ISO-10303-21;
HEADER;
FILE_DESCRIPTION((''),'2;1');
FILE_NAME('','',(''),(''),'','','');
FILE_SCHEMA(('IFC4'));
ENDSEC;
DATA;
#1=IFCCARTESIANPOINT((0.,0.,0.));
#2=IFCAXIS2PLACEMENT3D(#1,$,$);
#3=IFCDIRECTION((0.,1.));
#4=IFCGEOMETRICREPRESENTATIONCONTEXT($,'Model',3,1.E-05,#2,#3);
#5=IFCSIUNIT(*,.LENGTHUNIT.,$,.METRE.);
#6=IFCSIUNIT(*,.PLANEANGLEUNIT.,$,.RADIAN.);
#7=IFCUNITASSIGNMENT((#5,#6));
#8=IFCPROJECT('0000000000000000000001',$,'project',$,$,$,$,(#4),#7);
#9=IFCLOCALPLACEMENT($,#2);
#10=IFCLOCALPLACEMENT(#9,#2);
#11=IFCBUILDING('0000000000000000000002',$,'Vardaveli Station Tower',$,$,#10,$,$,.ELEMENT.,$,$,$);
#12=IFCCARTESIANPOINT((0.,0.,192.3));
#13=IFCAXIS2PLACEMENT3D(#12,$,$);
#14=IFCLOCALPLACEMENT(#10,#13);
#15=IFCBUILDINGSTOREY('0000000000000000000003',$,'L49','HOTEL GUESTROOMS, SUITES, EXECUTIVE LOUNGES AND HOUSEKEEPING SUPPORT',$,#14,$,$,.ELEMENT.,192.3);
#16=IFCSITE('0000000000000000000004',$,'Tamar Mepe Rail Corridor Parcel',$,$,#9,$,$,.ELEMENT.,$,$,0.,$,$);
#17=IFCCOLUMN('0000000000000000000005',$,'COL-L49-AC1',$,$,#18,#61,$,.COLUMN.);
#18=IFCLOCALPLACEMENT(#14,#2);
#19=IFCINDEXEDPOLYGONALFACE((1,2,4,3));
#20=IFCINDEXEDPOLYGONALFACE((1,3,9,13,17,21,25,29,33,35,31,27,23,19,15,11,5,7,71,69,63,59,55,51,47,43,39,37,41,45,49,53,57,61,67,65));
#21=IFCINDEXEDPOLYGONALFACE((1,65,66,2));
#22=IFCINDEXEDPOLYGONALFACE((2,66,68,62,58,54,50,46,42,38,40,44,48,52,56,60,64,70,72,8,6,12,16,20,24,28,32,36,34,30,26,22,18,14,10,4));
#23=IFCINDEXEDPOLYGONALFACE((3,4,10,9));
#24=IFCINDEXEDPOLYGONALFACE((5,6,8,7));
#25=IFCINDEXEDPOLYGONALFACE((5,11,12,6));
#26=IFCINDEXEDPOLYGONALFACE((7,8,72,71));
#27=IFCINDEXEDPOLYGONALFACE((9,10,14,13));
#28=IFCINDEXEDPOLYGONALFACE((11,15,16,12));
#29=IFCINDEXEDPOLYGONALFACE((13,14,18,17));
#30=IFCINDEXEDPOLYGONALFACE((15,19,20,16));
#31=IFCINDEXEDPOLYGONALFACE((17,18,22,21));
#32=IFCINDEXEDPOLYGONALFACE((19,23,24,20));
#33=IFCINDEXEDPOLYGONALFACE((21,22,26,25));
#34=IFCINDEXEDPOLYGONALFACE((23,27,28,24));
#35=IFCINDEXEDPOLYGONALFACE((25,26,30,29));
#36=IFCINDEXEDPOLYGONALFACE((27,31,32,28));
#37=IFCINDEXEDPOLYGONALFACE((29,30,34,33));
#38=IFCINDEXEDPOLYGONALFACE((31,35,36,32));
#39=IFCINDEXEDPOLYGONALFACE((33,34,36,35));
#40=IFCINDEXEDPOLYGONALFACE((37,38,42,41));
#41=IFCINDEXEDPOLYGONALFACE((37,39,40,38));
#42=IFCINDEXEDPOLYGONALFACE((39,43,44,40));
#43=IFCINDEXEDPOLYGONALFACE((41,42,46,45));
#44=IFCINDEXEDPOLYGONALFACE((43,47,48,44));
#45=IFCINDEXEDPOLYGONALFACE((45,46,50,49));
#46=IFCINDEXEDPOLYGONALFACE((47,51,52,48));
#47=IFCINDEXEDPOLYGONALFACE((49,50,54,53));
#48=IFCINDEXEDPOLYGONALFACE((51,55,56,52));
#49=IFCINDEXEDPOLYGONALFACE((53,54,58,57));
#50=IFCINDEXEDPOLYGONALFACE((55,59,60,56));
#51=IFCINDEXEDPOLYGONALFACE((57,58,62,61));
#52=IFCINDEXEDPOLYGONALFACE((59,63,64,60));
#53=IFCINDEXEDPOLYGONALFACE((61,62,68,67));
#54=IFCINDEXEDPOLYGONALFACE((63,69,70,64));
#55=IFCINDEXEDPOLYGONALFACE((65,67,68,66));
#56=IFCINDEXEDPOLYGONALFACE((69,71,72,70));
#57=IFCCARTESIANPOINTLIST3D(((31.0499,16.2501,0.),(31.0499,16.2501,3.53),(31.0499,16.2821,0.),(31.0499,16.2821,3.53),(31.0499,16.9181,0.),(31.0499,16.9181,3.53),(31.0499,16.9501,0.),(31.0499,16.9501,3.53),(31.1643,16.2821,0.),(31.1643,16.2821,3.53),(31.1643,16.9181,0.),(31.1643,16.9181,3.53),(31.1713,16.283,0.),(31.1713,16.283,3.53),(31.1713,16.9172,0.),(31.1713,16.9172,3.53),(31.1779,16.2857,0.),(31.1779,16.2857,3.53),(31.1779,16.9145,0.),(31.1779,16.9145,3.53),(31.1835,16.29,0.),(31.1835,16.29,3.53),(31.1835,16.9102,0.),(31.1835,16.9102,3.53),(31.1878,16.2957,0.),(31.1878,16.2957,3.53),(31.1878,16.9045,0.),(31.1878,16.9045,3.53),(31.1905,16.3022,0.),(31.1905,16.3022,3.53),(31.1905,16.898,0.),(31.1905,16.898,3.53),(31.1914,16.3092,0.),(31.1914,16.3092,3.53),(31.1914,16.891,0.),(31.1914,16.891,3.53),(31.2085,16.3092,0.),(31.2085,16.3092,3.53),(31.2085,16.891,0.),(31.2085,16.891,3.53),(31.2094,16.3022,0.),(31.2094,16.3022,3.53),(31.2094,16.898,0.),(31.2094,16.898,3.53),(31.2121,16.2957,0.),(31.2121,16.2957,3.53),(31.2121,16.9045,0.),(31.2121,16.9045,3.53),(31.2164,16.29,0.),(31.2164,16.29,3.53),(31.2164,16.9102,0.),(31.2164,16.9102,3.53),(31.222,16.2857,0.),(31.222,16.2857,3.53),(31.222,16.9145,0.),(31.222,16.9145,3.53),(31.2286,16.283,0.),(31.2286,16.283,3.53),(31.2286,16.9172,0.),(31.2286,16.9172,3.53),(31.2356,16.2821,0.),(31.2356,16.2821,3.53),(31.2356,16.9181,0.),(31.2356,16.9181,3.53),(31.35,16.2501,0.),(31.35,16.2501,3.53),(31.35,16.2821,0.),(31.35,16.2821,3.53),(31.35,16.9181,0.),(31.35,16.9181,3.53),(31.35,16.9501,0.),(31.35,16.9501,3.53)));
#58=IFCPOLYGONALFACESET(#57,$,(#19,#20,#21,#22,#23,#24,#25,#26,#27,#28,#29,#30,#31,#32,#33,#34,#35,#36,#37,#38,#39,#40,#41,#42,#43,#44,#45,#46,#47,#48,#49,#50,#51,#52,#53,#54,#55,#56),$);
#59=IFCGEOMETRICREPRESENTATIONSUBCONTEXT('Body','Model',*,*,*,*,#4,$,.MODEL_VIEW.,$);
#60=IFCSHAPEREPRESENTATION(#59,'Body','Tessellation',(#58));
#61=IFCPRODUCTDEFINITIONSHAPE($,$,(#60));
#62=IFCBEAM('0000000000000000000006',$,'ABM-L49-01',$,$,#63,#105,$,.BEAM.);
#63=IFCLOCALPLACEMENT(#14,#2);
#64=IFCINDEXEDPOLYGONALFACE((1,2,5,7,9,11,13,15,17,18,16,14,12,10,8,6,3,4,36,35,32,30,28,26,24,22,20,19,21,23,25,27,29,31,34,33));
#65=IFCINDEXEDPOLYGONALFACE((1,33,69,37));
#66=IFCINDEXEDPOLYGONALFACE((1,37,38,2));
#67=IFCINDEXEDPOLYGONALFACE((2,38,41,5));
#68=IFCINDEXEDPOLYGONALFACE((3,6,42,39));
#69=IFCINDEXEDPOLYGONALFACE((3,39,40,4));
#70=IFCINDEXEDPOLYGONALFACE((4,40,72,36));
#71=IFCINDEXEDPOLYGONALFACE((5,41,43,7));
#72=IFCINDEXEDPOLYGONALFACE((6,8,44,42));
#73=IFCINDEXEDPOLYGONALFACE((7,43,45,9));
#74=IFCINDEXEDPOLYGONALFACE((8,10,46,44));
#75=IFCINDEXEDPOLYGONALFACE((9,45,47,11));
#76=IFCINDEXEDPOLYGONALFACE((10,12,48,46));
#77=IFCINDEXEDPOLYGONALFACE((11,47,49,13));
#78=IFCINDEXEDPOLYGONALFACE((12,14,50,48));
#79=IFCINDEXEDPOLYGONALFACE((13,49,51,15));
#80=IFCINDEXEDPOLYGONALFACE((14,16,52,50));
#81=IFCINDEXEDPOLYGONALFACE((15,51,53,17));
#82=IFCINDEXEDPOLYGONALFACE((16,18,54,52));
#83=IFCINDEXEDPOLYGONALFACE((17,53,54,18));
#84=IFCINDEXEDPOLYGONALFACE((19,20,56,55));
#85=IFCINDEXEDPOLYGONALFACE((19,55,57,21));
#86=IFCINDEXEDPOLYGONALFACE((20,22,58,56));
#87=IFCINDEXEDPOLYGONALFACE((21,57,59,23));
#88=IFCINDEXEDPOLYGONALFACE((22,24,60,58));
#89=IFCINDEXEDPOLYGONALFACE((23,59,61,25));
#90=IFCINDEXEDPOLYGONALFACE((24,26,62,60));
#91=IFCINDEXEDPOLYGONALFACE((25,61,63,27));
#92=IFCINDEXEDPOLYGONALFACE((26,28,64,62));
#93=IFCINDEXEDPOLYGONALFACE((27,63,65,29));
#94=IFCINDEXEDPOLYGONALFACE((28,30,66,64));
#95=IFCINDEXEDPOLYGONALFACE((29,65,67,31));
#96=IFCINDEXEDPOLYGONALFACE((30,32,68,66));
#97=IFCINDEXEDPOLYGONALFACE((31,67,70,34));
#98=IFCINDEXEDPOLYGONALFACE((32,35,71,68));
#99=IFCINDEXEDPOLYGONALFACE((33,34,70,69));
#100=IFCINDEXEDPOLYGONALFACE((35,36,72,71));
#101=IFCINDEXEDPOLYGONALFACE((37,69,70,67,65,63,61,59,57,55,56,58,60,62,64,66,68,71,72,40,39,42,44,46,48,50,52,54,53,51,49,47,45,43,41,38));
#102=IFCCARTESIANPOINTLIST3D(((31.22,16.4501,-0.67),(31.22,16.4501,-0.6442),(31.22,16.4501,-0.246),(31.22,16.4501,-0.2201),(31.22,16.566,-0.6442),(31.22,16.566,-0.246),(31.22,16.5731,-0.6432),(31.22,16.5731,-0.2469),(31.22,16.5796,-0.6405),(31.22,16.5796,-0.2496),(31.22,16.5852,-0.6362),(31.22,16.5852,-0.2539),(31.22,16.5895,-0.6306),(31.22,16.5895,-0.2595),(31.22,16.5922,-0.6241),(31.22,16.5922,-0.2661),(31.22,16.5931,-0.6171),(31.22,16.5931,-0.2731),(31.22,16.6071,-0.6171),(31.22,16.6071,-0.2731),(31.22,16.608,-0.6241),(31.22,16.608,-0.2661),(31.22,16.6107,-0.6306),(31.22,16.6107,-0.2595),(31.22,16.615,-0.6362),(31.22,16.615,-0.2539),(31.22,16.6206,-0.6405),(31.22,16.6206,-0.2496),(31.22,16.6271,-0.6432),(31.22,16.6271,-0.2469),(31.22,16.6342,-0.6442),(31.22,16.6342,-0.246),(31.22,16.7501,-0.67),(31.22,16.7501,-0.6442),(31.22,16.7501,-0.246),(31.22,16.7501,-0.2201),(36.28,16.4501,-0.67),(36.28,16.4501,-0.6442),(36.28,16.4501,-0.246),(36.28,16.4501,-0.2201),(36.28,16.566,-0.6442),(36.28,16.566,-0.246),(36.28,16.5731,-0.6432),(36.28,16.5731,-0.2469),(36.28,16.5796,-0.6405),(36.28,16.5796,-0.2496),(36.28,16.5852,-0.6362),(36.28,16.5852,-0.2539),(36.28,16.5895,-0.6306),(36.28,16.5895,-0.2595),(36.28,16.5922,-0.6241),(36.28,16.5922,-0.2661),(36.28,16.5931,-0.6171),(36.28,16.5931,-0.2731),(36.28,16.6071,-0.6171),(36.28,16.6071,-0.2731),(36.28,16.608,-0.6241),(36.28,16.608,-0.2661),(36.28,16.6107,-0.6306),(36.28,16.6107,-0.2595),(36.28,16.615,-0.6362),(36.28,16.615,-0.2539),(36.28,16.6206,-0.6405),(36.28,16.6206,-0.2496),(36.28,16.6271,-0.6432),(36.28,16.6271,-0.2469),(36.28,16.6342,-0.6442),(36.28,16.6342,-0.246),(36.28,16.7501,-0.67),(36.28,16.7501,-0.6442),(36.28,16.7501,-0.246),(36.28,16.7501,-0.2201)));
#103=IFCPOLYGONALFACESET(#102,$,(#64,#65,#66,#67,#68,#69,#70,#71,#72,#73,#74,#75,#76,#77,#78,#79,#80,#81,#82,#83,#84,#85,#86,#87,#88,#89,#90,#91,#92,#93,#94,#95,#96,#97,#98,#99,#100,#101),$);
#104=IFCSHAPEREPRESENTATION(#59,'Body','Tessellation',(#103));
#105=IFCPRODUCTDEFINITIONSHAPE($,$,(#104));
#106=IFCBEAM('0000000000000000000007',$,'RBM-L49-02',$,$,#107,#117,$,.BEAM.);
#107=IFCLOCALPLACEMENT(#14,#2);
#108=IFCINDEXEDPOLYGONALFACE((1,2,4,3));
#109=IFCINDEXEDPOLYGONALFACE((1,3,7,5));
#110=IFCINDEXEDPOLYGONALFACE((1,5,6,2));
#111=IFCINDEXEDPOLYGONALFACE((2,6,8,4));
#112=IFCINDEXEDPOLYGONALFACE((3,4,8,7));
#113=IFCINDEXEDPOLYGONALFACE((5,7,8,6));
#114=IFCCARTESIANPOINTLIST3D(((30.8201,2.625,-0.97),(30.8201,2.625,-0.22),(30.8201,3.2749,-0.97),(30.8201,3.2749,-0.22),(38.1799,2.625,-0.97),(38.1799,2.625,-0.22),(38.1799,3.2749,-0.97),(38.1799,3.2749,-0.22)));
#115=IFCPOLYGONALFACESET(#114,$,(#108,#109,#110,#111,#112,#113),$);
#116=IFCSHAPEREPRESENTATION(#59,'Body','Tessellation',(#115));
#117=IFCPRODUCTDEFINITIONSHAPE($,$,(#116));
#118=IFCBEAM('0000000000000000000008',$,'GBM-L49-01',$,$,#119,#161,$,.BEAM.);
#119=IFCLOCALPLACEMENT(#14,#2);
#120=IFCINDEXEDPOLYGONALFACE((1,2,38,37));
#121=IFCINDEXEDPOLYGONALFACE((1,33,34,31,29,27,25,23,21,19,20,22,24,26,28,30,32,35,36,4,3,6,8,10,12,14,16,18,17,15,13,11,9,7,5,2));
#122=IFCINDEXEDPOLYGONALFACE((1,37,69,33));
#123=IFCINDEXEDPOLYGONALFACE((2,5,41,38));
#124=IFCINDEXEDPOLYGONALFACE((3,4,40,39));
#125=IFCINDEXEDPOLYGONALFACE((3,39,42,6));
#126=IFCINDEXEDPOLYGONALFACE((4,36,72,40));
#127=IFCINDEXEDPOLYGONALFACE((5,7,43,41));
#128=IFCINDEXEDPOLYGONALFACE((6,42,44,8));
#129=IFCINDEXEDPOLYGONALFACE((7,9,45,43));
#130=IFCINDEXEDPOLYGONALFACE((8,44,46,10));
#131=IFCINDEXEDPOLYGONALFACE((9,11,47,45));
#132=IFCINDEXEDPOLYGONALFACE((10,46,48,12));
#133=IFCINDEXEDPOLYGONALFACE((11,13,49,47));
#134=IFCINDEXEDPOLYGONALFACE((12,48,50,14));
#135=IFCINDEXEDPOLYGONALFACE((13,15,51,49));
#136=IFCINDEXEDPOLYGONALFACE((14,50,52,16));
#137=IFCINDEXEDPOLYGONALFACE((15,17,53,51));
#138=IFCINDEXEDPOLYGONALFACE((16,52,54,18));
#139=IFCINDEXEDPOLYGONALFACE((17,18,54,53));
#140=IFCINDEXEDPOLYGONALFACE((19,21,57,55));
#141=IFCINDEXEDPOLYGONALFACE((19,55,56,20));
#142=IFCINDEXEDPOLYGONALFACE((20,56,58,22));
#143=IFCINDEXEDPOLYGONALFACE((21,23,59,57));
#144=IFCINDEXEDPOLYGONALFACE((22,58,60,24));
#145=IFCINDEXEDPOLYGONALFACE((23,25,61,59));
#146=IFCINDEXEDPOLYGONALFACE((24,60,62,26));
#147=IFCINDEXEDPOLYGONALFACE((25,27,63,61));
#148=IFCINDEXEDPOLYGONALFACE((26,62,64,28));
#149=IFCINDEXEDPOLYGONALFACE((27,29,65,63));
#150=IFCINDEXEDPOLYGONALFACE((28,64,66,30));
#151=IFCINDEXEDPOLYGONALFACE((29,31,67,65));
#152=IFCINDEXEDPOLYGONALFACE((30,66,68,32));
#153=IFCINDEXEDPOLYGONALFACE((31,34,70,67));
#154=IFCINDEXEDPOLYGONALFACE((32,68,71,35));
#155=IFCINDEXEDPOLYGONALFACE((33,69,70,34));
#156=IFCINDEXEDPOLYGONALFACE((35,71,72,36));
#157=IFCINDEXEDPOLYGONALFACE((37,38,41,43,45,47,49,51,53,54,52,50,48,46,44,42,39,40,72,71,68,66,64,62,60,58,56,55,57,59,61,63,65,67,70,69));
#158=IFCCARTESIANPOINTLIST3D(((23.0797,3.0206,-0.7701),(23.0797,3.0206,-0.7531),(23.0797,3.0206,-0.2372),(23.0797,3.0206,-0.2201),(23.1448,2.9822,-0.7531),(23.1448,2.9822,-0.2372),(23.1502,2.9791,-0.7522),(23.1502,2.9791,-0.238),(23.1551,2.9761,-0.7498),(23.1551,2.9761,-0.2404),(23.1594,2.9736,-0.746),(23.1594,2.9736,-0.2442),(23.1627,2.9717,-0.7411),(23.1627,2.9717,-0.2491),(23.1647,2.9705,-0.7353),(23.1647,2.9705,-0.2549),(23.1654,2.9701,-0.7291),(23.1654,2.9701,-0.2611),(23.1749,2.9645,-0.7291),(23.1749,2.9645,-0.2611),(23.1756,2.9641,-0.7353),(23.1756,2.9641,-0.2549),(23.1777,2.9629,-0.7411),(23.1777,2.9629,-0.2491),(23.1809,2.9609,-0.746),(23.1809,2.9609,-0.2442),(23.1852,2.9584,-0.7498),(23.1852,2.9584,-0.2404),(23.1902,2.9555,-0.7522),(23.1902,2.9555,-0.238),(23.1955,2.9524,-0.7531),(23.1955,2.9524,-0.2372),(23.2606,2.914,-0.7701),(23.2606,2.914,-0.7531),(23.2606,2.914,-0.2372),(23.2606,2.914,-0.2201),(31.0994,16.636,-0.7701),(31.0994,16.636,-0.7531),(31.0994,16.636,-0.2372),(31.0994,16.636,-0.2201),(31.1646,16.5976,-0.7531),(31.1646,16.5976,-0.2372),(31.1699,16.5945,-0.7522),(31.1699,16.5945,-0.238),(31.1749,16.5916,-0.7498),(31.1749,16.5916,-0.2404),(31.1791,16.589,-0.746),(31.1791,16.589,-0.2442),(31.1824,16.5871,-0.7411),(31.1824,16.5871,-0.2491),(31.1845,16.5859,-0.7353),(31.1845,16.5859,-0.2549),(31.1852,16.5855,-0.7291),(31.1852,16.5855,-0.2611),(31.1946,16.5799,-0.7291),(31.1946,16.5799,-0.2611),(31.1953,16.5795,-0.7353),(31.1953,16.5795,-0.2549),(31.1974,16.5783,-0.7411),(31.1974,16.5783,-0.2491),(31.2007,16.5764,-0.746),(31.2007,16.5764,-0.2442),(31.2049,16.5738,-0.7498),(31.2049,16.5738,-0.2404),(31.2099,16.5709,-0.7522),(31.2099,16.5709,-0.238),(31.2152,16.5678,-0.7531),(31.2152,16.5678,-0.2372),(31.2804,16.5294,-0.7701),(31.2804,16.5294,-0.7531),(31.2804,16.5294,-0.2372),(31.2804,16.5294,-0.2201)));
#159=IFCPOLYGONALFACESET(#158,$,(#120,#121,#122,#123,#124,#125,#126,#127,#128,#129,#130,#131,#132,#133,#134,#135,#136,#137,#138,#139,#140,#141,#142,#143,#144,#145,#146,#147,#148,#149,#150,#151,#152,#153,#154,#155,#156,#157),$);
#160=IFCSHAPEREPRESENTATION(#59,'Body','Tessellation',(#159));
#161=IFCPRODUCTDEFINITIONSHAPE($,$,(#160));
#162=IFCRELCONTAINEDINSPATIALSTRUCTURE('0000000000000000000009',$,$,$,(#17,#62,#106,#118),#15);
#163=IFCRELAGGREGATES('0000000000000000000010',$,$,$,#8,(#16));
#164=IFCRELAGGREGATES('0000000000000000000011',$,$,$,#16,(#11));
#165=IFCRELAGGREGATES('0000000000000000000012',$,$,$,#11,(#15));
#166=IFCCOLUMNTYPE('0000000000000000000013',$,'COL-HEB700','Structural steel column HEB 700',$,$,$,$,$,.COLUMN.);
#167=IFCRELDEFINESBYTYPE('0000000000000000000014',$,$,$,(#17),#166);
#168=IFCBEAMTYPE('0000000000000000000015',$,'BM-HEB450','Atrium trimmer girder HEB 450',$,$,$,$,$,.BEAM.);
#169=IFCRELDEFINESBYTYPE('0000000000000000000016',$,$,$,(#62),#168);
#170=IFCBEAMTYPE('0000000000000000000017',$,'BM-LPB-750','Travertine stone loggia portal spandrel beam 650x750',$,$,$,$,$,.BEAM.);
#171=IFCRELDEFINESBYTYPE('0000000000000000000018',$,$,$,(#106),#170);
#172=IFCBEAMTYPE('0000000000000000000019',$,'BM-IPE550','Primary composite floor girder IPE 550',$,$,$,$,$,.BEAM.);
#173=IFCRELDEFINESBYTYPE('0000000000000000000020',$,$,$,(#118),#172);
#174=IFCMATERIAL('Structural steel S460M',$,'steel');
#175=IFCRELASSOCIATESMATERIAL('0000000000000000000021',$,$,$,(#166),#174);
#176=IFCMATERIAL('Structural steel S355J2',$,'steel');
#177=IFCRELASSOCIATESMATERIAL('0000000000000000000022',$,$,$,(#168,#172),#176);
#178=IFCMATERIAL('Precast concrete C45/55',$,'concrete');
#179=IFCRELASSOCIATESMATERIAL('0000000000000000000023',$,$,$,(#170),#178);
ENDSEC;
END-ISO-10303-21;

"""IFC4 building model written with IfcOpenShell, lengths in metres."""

from ifc_helpers import new_model, si_unit, direction, frame, origin, origin_2d, place, context, subcontext, project, spatial, rectangle, i_section, extrude, source, transform, mapped, material, material_profile, profile_set, type_object, element, save


model = new_model("IFC4")

# Units and contexts
model_context = context("Model", 3, precision=1e-05, world=origin(), true_north=direction((0.0, 1.0)))
body_context = subcontext(model_context, "Body", "Model", "MODEL_VIEW")
ifc_project = project(units=[si_unit("LENGTHUNIT", "METRE"), si_unit("PLANEANGLEUNIT", "RADIAN")], contexts=[model_context])

# Site, building, storey
site_placement = place(None, origin())
site = spatial("IfcSite", under=ifc_project, at=site_placement, Name="Tamar Mepe Rail Corridor Parcel", CompositionType="ELEMENT", RefElevation=0.0)
building_placement = place(site_placement, origin())
building = spatial("IfcBuilding", under=site, at=building_placement, Name="Vardaveli Station Tower", CompositionType="ELEMENT")
storey_placement = place(building_placement, frame((0.0, 0.0, 192.3)))
storey = spatial("IfcBuildingStorey", under=building, at=storey_placement, Name="L49", Description="HOTEL GUESTROOMS, SUITES, EXECUTIVE LOUNGES AND HOUSEKEEPING SUPPORT", CompositionType="ELEMENT", Elevation=192.3)

# Column
ifc_material_1 = material(Name="Structural steel S460M", Category="steel")
ifc_material_profile_1 = material_profile(ifc_material_1, i_section(OverallWidth=0.3, OverallDepth=0.7, WebThickness=0.0171, FlangeThickness=0.032, FilletRadius=0.0271, at=origin_2d()), Name="HEB 700")
ifc_profile_set_1 = profile_set([ifc_material_profile_1], Name="Structural steel S460M")
column_type = type_object("IfcColumnType", Name="COL-HEB700", Description="Structural steel column HEB 700", PredefinedType="COLUMN", material=ifc_profile_set_1)
shared_shape_1 = source(origin(), body_context, "Body", "SweptSolid", [
    extrude(i_section(OverallWidth=0.3, OverallDepth=0.7, WebThickness=0.0171, FlangeThickness=0.032, FilletRadius=0.0271, at=origin_2d()), origin(), (0.0, 0.0, 1.0), 3.53),
])
column_placement = place(storey_placement, frame((31.2, 16.6001, 0.0), z_axis=(0.0, 0.0, 1.0), x_axis=(1.0, 0.0, 0.0)))
element("IfcColumn", 1, at=column_placement, inside=storey, type_object=column_type, Name="COL-L49-AC1", PredefinedType="COLUMN", context=body_context, shape_type="MappedRepresentation", body=[
    mapped(shared_shape_1, transform((0.0, 0.0, 0.0), scale=1.0)),
])

# Beams
ifc_material_2 = material(Name="Structural steel S355J2", Category="steel")
ifc_material_profile_2 = material_profile(ifc_material_2, i_section(OverallWidth=0.3, OverallDepth=0.45, WebThickness=0.0139, FlangeThickness=0.0259, FilletRadius=0.0271, at=origin_2d()), Name="HEB 450")
ifc_profile_set_2 = profile_set([ifc_material_profile_2], Name="Structural steel S355J2")
beam_type_1 = type_object("IfcBeamType", Name="BM-HEB450", Description="Atrium trimmer girder HEB 450", PredefinedType="BEAM", material=ifc_profile_set_2)
shared_shape_2 = source(origin(), body_context, "Body", "SweptSolid", [
    extrude(i_section(OverallWidth=0.3, OverallDepth=0.45, WebThickness=0.0139, FlangeThickness=0.0259, FilletRadius=0.0271, at=origin_2d()), origin(), (0.0, 0.0, 1.0), 5.0601),
])
beam_1_placement = place(storey_placement, frame((31.22, 16.6001, -0.4451), z_axis=(1.0, 0.0, 0.0), x_axis=(0.0, 1.0, 0.0)))
element("IfcBeam", 2, at=beam_1_placement, inside=storey, type_object=beam_type_1, Name="ABM-L49-01", PredefinedType="BEAM", context=body_context, shape_type="MappedRepresentation", body=[
    mapped(shared_shape_2, transform((0.0, 0.0, 0.0), scale=1.0)),
])
ifc_material_3 = material(Name="Precast concrete C45/55", Category="concrete")
ifc_material_profile_3 = material_profile(ifc_material_3, rectangle(XDim=0.6499, YDim=0.75, at=origin_2d()), Name="LPB 650x750")
ifc_profile_set_3 = profile_set([ifc_material_profile_3], Name="Precast concrete C45/55")
beam_type_2 = type_object("IfcBeamType", Name="BM-LPB-750", Description="Travertine stone loggia portal spandrel beam 650x750", PredefinedType="BEAM", material=ifc_profile_set_3)
shared_shape_3 = source(origin(), body_context, "Body", "SweptSolid", [
    extrude(rectangle(XDim=0.6499, YDim=0.75, at=origin_2d()), origin(), (0.0, 0.0, 1.0), 7.3599),
])
beam_2_placement = place(storey_placement, frame((30.8201, 2.95, -0.595), z_axis=(1.0, 0.0, 0.0), x_axis=(0.0, 1.0, 0.0)))
element("IfcBeam", 3, at=beam_2_placement, inside=storey, type_object=beam_type_2, Name="RBM-L49-02", PredefinedType="BEAM", context=body_context, shape_type="MappedRepresentation", body=[
    mapped(shared_shape_3, transform((0.0, 0.0, 0.0), scale=1.0)),
])
ifc_material_profile_4 = material_profile(ifc_material_2, i_section(OverallWidth=0.21, OverallDepth=0.55, WebThickness=0.011, FlangeThickness=0.0171, FilletRadius=0.0239, at=origin_2d()), Name="IPE 550")
ifc_profile_set_4 = profile_set([ifc_material_profile_4], Name="Structural steel S355J2")
beam_type_3 = type_object("IfcBeamType", Name="BM-IPE550", Description="Primary composite floor girder IPE 550", PredefinedType="BEAM", material=ifc_profile_set_4)
shared_shape_4 = source(origin(), body_context, "Body", "SweptSolid", [
    extrude(i_section(OverallWidth=0.21, OverallDepth=0.55, WebThickness=0.011, FlangeThickness=0.0171, FilletRadius=0.0239, at=origin_2d()), origin(), (0.0, 0.0, 1.0), 15.8018),
])
beam_3_placement = place(storey_placement, frame((23.1702, 2.9673, -0.4951), z_axis=(0.507522, 0.861639, 0.0), x_axis=(-0.861639, 0.507522, 0.0)))
element("IfcBeam", 4, at=beam_3_placement, inside=storey, type_object=beam_type_3, Name="GBM-L49-01", PredefinedType="BEAM", context=body_context, shape_type="MappedRepresentation", body=[
    mapped(shared_shape_4, transform((0.0, 0.0, 0.0), scale=1.0)),
])

save(model, "model.ifc")
